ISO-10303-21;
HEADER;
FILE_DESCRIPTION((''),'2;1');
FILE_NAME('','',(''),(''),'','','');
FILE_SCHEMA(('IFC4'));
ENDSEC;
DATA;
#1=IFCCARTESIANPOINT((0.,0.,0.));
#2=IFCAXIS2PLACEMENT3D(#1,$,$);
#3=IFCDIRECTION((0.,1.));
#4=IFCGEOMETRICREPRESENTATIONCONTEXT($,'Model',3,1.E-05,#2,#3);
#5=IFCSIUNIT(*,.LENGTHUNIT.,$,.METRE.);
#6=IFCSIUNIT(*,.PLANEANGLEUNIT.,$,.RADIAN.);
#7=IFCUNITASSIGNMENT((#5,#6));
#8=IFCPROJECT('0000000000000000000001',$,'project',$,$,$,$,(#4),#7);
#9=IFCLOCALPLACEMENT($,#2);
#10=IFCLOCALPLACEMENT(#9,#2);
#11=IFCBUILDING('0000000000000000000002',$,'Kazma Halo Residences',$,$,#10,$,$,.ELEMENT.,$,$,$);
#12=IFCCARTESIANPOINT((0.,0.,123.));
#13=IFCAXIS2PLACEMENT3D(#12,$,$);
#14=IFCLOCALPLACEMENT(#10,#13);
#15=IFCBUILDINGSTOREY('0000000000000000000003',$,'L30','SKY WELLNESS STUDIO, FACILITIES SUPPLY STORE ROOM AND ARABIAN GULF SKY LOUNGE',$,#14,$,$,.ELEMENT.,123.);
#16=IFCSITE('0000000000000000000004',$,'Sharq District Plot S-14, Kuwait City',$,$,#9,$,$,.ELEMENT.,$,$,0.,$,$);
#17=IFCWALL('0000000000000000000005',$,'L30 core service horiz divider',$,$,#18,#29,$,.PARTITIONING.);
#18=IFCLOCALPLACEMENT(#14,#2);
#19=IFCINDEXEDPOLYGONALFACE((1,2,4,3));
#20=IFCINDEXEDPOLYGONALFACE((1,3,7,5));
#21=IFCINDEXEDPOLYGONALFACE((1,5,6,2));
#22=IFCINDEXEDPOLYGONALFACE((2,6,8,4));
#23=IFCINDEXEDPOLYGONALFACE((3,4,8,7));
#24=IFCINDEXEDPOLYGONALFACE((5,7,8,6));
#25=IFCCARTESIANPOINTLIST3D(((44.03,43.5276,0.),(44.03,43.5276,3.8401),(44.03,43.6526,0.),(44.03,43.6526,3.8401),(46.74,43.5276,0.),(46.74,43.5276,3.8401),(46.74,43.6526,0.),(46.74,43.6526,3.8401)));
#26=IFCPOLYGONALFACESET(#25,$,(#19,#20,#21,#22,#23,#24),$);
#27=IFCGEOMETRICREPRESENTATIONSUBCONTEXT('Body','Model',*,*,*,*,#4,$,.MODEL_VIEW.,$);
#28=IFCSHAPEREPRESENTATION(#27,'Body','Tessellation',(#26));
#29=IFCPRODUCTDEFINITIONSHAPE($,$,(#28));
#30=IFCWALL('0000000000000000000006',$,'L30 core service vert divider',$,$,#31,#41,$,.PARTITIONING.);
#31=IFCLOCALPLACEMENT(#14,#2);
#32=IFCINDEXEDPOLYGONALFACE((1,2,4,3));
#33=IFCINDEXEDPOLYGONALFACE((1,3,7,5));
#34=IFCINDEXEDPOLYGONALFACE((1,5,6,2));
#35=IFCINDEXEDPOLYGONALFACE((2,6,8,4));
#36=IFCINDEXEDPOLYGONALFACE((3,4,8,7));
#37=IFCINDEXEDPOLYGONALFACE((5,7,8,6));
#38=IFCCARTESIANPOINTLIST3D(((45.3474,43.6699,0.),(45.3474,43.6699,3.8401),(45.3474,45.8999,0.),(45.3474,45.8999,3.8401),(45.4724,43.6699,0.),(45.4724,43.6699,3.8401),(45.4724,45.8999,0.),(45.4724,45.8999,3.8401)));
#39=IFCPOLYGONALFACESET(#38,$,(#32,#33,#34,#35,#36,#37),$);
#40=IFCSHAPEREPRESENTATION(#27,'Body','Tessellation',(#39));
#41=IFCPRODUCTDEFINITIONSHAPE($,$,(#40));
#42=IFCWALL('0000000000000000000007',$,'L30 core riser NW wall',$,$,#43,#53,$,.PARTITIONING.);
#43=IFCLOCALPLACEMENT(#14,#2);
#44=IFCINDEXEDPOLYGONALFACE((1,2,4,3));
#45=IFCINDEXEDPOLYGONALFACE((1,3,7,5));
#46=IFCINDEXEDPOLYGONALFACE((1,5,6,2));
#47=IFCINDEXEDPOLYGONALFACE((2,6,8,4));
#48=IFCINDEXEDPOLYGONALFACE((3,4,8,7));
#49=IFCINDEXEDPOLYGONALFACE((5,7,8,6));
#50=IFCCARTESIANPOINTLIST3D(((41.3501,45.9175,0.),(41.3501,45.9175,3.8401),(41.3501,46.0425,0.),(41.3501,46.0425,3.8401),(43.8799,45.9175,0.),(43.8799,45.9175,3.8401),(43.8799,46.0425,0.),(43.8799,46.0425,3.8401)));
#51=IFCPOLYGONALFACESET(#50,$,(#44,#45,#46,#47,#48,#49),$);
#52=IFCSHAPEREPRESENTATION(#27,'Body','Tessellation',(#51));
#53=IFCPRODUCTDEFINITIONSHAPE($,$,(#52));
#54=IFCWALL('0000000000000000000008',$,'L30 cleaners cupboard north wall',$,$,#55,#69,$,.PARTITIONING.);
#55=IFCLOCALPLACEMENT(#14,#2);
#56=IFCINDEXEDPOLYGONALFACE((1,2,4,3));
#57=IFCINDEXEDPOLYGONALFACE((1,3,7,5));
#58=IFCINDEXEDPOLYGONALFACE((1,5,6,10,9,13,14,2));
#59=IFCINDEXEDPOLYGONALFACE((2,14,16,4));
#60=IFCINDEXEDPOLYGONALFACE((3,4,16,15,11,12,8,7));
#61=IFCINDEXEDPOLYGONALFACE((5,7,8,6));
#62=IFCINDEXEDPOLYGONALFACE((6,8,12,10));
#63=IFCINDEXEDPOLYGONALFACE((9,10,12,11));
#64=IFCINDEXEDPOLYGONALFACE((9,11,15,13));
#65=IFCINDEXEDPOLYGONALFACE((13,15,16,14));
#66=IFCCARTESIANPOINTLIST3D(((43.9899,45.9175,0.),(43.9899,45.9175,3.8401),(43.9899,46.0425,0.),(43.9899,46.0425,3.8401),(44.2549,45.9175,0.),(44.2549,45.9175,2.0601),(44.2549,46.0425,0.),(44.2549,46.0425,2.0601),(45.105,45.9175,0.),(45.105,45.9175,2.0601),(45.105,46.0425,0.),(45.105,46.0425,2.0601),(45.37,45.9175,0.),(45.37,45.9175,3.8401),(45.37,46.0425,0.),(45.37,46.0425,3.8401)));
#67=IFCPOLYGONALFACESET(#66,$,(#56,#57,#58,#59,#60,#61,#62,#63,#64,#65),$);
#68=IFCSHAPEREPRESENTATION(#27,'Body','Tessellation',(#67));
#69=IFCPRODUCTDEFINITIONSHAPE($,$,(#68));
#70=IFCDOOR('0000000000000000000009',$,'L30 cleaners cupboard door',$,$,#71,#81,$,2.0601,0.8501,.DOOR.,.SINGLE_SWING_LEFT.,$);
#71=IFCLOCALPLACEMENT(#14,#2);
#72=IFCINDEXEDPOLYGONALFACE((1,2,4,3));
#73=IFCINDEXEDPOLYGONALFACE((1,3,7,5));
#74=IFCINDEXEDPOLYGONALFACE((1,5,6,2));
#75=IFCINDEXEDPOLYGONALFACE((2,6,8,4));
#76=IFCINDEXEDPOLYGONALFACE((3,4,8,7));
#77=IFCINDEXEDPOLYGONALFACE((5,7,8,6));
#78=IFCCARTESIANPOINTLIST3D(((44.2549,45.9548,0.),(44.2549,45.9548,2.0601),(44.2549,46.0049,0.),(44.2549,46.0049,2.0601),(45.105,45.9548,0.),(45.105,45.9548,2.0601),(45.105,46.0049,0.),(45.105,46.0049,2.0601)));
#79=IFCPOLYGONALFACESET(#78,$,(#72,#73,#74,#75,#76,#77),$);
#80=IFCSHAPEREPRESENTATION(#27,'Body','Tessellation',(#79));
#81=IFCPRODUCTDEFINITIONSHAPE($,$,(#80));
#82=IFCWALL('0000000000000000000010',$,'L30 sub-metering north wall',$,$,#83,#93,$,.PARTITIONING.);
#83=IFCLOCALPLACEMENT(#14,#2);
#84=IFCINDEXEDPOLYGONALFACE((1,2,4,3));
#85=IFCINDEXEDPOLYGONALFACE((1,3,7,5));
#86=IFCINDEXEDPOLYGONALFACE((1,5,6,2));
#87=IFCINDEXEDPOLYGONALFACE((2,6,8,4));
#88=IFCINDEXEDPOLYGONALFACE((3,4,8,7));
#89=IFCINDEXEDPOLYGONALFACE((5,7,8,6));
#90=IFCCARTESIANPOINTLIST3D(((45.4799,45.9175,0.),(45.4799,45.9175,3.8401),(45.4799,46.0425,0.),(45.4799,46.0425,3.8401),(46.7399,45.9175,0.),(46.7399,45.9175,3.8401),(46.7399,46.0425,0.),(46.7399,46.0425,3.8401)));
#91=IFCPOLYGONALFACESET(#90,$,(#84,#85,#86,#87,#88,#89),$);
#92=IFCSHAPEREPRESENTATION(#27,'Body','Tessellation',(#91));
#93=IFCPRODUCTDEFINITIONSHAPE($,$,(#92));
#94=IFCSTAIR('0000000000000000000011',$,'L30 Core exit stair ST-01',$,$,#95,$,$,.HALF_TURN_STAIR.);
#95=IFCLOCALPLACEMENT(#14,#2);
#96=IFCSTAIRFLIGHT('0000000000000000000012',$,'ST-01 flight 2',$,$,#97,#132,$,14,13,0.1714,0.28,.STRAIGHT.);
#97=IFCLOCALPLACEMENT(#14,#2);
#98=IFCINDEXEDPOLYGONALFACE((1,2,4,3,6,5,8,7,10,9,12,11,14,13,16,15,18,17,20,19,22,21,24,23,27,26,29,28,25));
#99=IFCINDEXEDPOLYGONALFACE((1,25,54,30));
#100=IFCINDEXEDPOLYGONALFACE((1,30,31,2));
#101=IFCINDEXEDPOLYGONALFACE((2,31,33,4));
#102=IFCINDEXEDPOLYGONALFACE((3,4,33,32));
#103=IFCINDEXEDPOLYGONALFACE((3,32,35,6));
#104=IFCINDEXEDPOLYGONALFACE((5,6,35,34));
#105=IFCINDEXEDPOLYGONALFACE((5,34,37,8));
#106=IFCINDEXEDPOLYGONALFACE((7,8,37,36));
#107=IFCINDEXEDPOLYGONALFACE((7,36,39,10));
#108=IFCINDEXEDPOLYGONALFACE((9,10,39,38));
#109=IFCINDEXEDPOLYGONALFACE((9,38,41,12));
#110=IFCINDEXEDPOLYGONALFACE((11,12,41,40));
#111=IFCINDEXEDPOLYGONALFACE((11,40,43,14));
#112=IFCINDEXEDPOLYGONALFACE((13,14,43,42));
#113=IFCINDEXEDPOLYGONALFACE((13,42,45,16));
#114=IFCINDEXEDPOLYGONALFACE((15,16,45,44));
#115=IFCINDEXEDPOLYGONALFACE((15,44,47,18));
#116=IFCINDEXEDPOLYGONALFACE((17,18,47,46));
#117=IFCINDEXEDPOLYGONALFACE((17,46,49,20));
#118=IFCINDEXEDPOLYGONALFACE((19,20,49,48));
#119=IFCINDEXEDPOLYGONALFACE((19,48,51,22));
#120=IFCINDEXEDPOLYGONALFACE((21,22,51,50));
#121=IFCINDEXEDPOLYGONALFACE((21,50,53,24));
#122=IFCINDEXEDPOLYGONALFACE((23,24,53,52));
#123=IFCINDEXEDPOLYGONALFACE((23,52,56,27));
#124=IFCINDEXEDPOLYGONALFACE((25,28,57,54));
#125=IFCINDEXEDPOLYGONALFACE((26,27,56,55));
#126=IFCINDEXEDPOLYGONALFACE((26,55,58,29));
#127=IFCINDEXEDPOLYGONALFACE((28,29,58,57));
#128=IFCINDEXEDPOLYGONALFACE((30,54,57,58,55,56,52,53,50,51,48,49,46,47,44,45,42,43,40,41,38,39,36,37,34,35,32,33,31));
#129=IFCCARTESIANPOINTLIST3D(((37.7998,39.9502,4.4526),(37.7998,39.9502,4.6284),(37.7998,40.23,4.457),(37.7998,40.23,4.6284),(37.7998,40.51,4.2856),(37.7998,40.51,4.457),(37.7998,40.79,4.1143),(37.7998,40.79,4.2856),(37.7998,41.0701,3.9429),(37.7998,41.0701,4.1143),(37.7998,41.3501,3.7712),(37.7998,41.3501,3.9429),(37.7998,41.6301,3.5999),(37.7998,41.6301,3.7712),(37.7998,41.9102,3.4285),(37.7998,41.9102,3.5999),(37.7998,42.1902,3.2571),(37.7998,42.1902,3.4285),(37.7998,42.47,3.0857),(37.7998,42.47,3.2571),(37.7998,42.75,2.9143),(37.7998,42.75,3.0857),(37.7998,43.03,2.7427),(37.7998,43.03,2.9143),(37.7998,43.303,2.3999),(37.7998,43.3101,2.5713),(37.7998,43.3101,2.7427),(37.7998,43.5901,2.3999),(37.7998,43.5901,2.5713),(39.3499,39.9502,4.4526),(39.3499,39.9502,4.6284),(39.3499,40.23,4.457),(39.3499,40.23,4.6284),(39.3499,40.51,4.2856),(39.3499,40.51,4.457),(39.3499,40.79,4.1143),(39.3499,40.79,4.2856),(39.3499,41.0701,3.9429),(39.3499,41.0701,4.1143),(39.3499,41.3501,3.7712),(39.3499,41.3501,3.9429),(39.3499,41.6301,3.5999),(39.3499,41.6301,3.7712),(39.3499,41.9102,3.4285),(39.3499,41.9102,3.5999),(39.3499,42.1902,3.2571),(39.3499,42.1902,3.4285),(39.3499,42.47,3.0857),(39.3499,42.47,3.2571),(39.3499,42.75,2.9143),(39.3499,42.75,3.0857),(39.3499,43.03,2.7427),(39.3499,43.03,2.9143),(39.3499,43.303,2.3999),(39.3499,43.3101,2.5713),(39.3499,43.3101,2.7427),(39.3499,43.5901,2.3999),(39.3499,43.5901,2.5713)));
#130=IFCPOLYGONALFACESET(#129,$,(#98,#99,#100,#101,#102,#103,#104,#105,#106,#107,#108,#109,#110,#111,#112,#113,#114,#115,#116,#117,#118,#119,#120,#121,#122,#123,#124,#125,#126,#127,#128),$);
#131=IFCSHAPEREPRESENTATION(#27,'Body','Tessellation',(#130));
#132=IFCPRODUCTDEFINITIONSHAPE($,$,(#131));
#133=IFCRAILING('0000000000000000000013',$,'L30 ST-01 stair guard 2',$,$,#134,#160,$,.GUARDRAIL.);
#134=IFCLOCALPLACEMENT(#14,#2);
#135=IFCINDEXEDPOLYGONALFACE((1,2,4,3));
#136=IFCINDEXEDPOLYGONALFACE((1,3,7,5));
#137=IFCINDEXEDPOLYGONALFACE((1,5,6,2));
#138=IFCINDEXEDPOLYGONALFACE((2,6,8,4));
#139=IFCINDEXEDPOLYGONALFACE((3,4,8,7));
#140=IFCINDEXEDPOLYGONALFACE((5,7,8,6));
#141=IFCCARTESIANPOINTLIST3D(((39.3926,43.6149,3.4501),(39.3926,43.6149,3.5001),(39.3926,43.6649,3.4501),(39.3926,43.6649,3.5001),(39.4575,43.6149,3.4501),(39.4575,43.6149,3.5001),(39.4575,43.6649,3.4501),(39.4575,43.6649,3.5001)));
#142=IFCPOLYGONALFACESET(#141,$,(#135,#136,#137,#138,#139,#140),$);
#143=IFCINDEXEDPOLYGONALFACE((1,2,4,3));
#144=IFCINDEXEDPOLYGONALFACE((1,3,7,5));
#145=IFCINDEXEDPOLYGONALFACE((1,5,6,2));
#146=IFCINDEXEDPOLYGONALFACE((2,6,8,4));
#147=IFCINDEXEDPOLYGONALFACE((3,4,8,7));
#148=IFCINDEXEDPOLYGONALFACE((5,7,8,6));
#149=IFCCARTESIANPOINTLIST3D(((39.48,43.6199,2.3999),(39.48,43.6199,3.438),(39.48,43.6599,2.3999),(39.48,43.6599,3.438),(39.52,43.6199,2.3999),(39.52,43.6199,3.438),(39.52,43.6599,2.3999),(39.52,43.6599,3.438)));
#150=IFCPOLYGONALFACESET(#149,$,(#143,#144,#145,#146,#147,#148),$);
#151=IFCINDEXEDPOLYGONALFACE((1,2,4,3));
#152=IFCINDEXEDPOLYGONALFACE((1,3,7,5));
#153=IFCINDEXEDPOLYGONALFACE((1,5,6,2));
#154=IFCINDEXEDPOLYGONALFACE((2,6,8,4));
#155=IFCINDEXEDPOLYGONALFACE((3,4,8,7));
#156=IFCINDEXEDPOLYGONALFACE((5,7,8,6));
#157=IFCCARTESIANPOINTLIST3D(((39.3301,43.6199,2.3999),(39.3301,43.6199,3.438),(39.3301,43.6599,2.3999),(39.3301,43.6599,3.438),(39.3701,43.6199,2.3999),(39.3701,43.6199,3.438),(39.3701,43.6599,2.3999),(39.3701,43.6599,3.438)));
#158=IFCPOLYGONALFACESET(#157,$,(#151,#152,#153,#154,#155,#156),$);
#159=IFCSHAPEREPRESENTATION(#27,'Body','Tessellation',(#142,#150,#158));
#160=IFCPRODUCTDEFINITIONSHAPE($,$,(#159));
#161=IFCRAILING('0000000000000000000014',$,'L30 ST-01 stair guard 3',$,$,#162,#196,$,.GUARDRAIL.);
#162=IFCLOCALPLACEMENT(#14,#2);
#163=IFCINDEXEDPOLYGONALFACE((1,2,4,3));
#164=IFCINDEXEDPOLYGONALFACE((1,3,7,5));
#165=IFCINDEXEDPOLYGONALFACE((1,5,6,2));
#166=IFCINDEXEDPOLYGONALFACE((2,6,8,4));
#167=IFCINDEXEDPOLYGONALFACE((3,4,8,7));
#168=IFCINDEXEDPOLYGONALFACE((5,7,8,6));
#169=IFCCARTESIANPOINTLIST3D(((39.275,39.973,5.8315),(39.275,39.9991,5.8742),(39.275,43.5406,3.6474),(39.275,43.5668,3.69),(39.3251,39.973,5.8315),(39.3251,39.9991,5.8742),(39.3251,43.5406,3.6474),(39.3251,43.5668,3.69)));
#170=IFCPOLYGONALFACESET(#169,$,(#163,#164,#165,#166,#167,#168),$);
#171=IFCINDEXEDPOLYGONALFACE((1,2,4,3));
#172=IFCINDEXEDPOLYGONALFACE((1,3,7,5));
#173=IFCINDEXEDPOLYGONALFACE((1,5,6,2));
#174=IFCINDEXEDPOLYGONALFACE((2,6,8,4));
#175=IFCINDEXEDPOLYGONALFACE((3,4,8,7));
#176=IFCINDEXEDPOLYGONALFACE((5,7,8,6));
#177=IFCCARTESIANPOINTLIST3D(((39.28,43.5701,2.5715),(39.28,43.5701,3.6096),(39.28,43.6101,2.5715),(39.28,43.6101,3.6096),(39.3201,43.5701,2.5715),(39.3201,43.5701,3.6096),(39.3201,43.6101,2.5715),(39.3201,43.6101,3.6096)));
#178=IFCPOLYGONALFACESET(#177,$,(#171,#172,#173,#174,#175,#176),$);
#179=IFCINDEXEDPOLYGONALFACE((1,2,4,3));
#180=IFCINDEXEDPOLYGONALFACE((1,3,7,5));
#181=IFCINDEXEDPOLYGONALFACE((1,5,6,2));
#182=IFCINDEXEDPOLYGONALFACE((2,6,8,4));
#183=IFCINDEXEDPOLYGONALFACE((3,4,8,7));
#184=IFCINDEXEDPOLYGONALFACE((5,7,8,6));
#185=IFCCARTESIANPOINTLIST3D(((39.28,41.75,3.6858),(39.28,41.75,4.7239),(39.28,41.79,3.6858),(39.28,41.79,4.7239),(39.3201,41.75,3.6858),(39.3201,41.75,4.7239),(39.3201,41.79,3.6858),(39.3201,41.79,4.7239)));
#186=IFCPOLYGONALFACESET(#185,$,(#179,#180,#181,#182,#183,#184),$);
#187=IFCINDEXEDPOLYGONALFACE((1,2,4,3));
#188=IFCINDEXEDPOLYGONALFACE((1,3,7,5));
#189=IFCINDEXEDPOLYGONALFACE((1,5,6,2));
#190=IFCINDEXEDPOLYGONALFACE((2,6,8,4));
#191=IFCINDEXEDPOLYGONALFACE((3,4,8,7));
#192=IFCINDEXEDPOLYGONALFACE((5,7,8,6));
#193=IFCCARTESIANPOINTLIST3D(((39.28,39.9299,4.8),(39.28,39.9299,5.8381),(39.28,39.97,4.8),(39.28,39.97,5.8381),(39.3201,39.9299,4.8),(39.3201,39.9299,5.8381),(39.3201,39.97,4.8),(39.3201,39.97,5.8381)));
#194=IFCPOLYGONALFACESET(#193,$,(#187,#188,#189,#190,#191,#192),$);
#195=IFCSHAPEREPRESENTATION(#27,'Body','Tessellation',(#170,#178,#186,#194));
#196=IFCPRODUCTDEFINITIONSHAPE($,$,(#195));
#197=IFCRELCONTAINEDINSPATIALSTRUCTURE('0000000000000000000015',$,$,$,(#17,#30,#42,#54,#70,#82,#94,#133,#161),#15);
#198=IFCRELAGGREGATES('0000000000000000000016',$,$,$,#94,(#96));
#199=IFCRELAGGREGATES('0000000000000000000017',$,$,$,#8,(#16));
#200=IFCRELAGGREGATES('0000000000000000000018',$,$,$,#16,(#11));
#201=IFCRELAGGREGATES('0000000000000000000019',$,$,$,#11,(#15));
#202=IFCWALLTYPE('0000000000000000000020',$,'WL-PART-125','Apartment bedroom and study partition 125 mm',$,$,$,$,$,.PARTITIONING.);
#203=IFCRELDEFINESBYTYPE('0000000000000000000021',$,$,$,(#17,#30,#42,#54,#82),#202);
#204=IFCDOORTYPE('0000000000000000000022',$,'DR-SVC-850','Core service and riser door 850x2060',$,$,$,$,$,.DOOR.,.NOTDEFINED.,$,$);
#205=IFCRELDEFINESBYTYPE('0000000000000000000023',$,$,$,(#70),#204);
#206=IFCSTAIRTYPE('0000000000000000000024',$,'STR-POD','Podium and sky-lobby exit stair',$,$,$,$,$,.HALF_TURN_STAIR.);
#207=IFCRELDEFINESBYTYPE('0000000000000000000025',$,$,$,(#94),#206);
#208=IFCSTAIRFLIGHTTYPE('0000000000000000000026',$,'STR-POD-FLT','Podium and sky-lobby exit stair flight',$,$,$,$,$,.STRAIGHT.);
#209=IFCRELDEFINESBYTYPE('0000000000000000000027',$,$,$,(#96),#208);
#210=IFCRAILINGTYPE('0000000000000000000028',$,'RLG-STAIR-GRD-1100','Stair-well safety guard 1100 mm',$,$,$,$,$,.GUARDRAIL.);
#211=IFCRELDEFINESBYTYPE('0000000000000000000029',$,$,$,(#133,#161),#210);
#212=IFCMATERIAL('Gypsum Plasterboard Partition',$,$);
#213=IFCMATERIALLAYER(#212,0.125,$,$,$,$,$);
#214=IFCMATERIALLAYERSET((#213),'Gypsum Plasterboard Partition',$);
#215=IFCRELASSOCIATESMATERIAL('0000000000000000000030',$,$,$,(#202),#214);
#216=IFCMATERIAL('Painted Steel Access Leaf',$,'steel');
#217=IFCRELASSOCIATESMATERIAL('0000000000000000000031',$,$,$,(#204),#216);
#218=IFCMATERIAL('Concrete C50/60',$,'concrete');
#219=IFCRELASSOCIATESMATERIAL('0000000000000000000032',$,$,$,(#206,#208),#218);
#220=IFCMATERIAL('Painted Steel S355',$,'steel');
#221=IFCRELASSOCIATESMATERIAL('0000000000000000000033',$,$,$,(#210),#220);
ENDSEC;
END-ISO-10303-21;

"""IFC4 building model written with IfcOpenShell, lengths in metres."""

from ifc_helpers import new_model, si_unit, direction, frame, frame_2d, origin, origin_2d, place, context, subcontext, project, spatial, polyline, rectangle, outline, extrude, material, layer, layer_set, type_object, element, fill, aggregate, save


model = new_model("IFC4")

# Units and contexts
model_context = context("Model", 3, precision=1e-05, world=origin(), true_north=direction((0.0, 1.0)))
body_context = subcontext(model_context, "Body", "Model", "MODEL_VIEW")
ifc_project = project(units=[si_unit("LENGTHUNIT", "METRE"), si_unit("PLANEANGLEUNIT", "RADIAN")], contexts=[model_context])

# Site, building, storey
site_placement = place(None, origin())
site = spatial("IfcSite", under=ifc_project, at=site_placement, Name="Sharq District Plot S-14, Kuwait City", CompositionType="ELEMENT", RefElevation=0.0)
building_placement = place(site_placement, origin())
building = spatial("IfcBuilding", under=site, at=building_placement, Name="Kazma Halo Residences", CompositionType="ELEMENT")
storey_placement = place(building_placement, frame((0.0, 0.0, 123.0)))
storey = spatial("IfcBuildingStorey", under=building, at=storey_placement, Name="L30", Description="SKY WELLNESS STUDIO, FACILITIES SUPPLY STORE ROOM AND ARABIAN GULF SKY LOUNGE", CompositionType="ELEMENT", Elevation=123.0)

# Walls
ifc_material_1 = material(Name="Gypsum Plasterboard Partition")
ifc_layer_1 = layer(ifc_material_1, 0.125)
ifc_layer_set_1 = layer_set([ifc_layer_1], Name="Gypsum Plasterboard Partition")
wall_type_1 = type_object("IfcWallType", Name="WL-PART-125", Description="Apartment bedroom and study partition 125 mm", PredefinedType="PARTITIONING", material=ifc_layer_set_1)
wall_1_placement = place(storey_placement, frame((44.03, 43.5901, 0.0), z_axis=(0.0, 0.0, 1.0), x_axis=(1.0, 0.0, 0.0)))
element("IfcWall", 1, at=wall_1_placement, inside=storey, type_object=wall_type_1, Name="L30 core service horiz divider", PredefinedType="PARTITIONING", context=body_context, shape_type="SweptSolid", body=[
    extrude(rectangle(XDim=2.71, YDim=0.125, at=frame_2d((1.355, 0.0))), origin(), (0.0, 0.0, 1.0), 3.8401),
])
wall_2_placement = place(storey_placement, frame((45.4099, 43.6699, 0.0), z_axis=(0.0, 0.0, 1.0), x_axis=(0.0, 1.0, 0.0)))
element("IfcWall", 2, at=wall_2_placement, inside=storey, type_object=wall_type_1, Name="L30 core service vert divider", PredefinedType="PARTITIONING", context=body_context, shape_type="SweptSolid", body=[
    extrude(rectangle(XDim=2.23, YDim=0.125, at=frame_2d((1.115, 0.0))), origin(), (0.0, 0.0, 1.0), 3.8401),
])
wall_3_placement = place(storey_placement, frame((41.3501, 45.98, 0.0), z_axis=(0.0, 0.0, 1.0), x_axis=(1.0, 0.0, 0.0)))
element("IfcWall", 3, at=wall_3_placement, inside=storey, type_object=wall_type_1, Name="L30 core riser NW wall", PredefinedType="PARTITIONING", context=body_context, shape_type="SweptSolid", body=[
    extrude(rectangle(XDim=2.5298, YDim=0.125, at=frame_2d((1.2649, 0.0))), origin(), (0.0, 0.0, 1.0), 3.8401),
])

# Wall, opening, door
wall_4_placement = place(storey_placement, frame((43.99, 45.98, 0.0), z_axis=(0.0, 0.0, 1.0), x_axis=(1.0, 0.0, 0.0)))
wall_4 = element("IfcWall", 4, at=wall_4_placement, inside=storey, type_object=wall_type_1, Name="L30 cleaners cupboard north wall", PredefinedType="PARTITIONING", context=body_context, shape_type="SweptSolid", body=[
    extrude(rectangle(XDim=1.3801, YDim=0.125, at=frame_2d((0.6899, 0.0))), origin(), (0.0, 0.0, 1.0), 3.8401),
])
opening_1_placement = place(wall_4_placement, frame((0.2649, 0.0, 0.0)))
opening_1 = element("IfcOpeningElement", 5, at=opening_1_placement, cuts=wall_4, PredefinedType="OPENING", context=body_context, shape_type="SweptSolid", body=[
    extrude(rectangle(XDim=0.8501, YDim=2.0601, at=frame_2d((0.425, 1.03))), frame((0.0, 0.0725, 0.0), z_axis=(0.0, -1.0, 0.0), x_axis=(1.0, 0.0, 0.0)), (0.0, 0.0, 1.0), 0.145),
])
ifc_material_2 = material(Name="Painted Steel Access Leaf", Category="steel")
door_type_1 = type_object("IfcDoorType", Name="DR-SVC-850", Description="Core service and riser door 850x2060", OperationType="NOTDEFINED", PredefinedType="DOOR", material=ifc_material_2)
door_1_placement = place(opening_1_placement, origin())
door_1 = element("IfcDoor", 6, at=door_1_placement, inside=storey, type_object=door_type_1, Name="L30 cleaners cupboard door", OperationType="SINGLE_SWING_LEFT", OverallHeight=2.0601, OverallWidth=0.8501, PredefinedType="DOOR", context=body_context, shape_type="SweptSolid", body=[
    extrude(rectangle(XDim=0.8501, YDim=2.0601, at=frame_2d((0.425, 1.03))), frame((0.0, 0.0249, 0.0), z_axis=(0.0, -1.0, 0.0), x_axis=(1.0, 0.0, 0.0)), (0.0, 0.0, 1.0), 0.05),
])
fill(opening_1, door_1)

# Wall
wall_5_placement = place(storey_placement, frame((45.48, 45.98, 0.0), z_axis=(0.0, 0.0, 1.0), x_axis=(1.0, 0.0, 0.0)))
element("IfcWall", 7, at=wall_5_placement, inside=storey, type_object=wall_type_1, Name="L30 sub-metering north wall", PredefinedType="PARTITIONING", context=body_context, shape_type="SweptSolid", body=[
    extrude(rectangle(XDim=1.26, YDim=0.125, at=frame_2d((0.6299, 0.0))), origin(), (0.0, 0.0, 1.0), 3.8401),
])

# Stair, stair flight
ifc_material_3 = material(Name="Concrete C50/60", Category="concrete")
stair_type = type_object("IfcStairType", Name="STR-POD", Description="Podium and sky-lobby exit stair", PredefinedType="HALF_TURN_STAIR", material=ifc_material_3)
stair_placement = place(storey_placement, origin())
stair = element("IfcStair", 8, at=stair_placement, inside=storey, type_object=stair_type, Name="L30 Core exit stair ST-01", PredefinedType="HALF_TURN_STAIR")
stair_flight_type = type_object("IfcStairFlightType", Name="STR-POD-FLT", Description="Podium and sky-lobby exit stair flight", PredefinedType="STRAIGHT", material=ifc_material_3)
stair_flight_placement = place(storey_placement, frame((38.575, 43.5901, 2.3999), z_axis=(0.0, 0.0, 1.0), x_axis=(0.0, -1.0, 0.0)))
stair_flight = element("IfcStairFlight", 9, at=stair_flight_placement, type_object=stair_flight_type, Name="ST-01 flight 2", NumberOfRisers=14, NumberOfTreads=13, PredefinedType="STRAIGHT", RiserHeight=0.1714, TreadLength=0.28, context=body_context, shape_type="SweptSolid", body=[
    extrude(outline(polyline([(0.0, 0.0), (0.0, 0.1714), (0.28, 0.1714), (0.28, 0.3428), (0.5601, 0.3428), (0.5601, 0.5144), (0.8401, 0.5144), (0.8401, 0.6858), (1.1201, 0.6858), (1.1201, 0.8572), (1.3999, 0.8572), (1.3999, 1.0286), (1.6799, 1.0286), (1.6799, 1.2), (1.96, 1.2), (1.96, 1.3713), (2.24, 1.3713), (2.24, 1.543), (2.52, 1.543), (2.52, 1.7144), (2.8, 1.7144), (2.8, 1.8857), (3.0801, 1.8857), (3.0801, 2.0571), (3.3601, 2.0571), (3.3601, 2.2285), (3.6399, 2.2285), (3.6399, 2.3999), (3.6399, 2.0527), (0.2871, 0.0), (0.0, 0.0)])), frame((0.0, 0.7749, 0.0), z_axis=(0.0, -1.0, 0.0), x_axis=(1.0, 0.0, 0.0)), (0.0, 0.0, 1.0), 1.55),
])
aggregate(stair, [stair_flight])

# Railings
ifc_material_4 = material(Name="Painted Steel S355", Category="steel")
railing_type = type_object("IfcRailingType", Name="RLG-STAIR-GRD-1100", Description="Stair-well safety guard 1100 mm", PredefinedType="GUARDRAIL", material=ifc_material_4)
railing_1_placement = place(storey_placement, frame((39.5, 43.6399, 2.3999)))
element("IfcRailing", 10, at=railing_1_placement, inside=storey, type_object=railing_type, Name="L30 ST-01 stair guard 2", PredefinedType="GUARDRAIL", context=body_context, shape_type="SweptSolid", body=[
    extrude(rectangle(XDim=0.05, YDim=0.05, at=origin_2d()), frame((-0.0425, 0.0, 1.0752), z_axis=(-1.0, 0.0, 0.0), x_axis=(0.0, -1.0, 0.0)), (0.0, 0.0, 1.0), 0.0649),
    extrude(rectangle(XDim=0.04, YDim=0.04, at=origin_2d()), origin(), (0.0, 0.0, 1.0), 1.0381),
    extrude(rectangle(XDim=0.04, YDim=0.04, at=origin_2d()), frame((-0.1499, 0.0, 0.0)), (0.0, 0.0, 1.0), 1.0381),
])
railing_2_placement = place(storey_placement, frame((39.3, 43.5901, 2.5715)))
element("IfcRailing", 11, at=railing_2_placement, inside=storey, type_object=railing_type, Name="L30 ST-01 stair guard 3", PredefinedType="GUARDRAIL", context=body_context, shape_type="SweptSolid", body=[
    extrude(rectangle(XDim=0.05, YDim=0.05, at=origin_2d()), frame((0.0, -0.0364, 1.0972), z_axis=(0.0, -0.852866, 0.52213), x_axis=(1.0, 0.0, 0.0)), (0.0, 0.0, 1.0), 4.1831),
    extrude(rectangle(XDim=0.04, YDim=0.04, at=origin_2d()), origin(), (0.0, 0.0, 1.0), 1.0381),
    extrude(rectangle(XDim=0.04, YDim=0.04, at=origin_2d()), frame((0.0, -1.8201, 1.1143)), (0.0, 0.0, 1.0), 1.0381),
    extrude(rectangle(XDim=0.04, YDim=0.04, at=origin_2d()), frame((0.0, -3.6401, 2.2285)), (0.0, 0.0, 1.0), 1.0381),
])

save(model, "model.ifc")
